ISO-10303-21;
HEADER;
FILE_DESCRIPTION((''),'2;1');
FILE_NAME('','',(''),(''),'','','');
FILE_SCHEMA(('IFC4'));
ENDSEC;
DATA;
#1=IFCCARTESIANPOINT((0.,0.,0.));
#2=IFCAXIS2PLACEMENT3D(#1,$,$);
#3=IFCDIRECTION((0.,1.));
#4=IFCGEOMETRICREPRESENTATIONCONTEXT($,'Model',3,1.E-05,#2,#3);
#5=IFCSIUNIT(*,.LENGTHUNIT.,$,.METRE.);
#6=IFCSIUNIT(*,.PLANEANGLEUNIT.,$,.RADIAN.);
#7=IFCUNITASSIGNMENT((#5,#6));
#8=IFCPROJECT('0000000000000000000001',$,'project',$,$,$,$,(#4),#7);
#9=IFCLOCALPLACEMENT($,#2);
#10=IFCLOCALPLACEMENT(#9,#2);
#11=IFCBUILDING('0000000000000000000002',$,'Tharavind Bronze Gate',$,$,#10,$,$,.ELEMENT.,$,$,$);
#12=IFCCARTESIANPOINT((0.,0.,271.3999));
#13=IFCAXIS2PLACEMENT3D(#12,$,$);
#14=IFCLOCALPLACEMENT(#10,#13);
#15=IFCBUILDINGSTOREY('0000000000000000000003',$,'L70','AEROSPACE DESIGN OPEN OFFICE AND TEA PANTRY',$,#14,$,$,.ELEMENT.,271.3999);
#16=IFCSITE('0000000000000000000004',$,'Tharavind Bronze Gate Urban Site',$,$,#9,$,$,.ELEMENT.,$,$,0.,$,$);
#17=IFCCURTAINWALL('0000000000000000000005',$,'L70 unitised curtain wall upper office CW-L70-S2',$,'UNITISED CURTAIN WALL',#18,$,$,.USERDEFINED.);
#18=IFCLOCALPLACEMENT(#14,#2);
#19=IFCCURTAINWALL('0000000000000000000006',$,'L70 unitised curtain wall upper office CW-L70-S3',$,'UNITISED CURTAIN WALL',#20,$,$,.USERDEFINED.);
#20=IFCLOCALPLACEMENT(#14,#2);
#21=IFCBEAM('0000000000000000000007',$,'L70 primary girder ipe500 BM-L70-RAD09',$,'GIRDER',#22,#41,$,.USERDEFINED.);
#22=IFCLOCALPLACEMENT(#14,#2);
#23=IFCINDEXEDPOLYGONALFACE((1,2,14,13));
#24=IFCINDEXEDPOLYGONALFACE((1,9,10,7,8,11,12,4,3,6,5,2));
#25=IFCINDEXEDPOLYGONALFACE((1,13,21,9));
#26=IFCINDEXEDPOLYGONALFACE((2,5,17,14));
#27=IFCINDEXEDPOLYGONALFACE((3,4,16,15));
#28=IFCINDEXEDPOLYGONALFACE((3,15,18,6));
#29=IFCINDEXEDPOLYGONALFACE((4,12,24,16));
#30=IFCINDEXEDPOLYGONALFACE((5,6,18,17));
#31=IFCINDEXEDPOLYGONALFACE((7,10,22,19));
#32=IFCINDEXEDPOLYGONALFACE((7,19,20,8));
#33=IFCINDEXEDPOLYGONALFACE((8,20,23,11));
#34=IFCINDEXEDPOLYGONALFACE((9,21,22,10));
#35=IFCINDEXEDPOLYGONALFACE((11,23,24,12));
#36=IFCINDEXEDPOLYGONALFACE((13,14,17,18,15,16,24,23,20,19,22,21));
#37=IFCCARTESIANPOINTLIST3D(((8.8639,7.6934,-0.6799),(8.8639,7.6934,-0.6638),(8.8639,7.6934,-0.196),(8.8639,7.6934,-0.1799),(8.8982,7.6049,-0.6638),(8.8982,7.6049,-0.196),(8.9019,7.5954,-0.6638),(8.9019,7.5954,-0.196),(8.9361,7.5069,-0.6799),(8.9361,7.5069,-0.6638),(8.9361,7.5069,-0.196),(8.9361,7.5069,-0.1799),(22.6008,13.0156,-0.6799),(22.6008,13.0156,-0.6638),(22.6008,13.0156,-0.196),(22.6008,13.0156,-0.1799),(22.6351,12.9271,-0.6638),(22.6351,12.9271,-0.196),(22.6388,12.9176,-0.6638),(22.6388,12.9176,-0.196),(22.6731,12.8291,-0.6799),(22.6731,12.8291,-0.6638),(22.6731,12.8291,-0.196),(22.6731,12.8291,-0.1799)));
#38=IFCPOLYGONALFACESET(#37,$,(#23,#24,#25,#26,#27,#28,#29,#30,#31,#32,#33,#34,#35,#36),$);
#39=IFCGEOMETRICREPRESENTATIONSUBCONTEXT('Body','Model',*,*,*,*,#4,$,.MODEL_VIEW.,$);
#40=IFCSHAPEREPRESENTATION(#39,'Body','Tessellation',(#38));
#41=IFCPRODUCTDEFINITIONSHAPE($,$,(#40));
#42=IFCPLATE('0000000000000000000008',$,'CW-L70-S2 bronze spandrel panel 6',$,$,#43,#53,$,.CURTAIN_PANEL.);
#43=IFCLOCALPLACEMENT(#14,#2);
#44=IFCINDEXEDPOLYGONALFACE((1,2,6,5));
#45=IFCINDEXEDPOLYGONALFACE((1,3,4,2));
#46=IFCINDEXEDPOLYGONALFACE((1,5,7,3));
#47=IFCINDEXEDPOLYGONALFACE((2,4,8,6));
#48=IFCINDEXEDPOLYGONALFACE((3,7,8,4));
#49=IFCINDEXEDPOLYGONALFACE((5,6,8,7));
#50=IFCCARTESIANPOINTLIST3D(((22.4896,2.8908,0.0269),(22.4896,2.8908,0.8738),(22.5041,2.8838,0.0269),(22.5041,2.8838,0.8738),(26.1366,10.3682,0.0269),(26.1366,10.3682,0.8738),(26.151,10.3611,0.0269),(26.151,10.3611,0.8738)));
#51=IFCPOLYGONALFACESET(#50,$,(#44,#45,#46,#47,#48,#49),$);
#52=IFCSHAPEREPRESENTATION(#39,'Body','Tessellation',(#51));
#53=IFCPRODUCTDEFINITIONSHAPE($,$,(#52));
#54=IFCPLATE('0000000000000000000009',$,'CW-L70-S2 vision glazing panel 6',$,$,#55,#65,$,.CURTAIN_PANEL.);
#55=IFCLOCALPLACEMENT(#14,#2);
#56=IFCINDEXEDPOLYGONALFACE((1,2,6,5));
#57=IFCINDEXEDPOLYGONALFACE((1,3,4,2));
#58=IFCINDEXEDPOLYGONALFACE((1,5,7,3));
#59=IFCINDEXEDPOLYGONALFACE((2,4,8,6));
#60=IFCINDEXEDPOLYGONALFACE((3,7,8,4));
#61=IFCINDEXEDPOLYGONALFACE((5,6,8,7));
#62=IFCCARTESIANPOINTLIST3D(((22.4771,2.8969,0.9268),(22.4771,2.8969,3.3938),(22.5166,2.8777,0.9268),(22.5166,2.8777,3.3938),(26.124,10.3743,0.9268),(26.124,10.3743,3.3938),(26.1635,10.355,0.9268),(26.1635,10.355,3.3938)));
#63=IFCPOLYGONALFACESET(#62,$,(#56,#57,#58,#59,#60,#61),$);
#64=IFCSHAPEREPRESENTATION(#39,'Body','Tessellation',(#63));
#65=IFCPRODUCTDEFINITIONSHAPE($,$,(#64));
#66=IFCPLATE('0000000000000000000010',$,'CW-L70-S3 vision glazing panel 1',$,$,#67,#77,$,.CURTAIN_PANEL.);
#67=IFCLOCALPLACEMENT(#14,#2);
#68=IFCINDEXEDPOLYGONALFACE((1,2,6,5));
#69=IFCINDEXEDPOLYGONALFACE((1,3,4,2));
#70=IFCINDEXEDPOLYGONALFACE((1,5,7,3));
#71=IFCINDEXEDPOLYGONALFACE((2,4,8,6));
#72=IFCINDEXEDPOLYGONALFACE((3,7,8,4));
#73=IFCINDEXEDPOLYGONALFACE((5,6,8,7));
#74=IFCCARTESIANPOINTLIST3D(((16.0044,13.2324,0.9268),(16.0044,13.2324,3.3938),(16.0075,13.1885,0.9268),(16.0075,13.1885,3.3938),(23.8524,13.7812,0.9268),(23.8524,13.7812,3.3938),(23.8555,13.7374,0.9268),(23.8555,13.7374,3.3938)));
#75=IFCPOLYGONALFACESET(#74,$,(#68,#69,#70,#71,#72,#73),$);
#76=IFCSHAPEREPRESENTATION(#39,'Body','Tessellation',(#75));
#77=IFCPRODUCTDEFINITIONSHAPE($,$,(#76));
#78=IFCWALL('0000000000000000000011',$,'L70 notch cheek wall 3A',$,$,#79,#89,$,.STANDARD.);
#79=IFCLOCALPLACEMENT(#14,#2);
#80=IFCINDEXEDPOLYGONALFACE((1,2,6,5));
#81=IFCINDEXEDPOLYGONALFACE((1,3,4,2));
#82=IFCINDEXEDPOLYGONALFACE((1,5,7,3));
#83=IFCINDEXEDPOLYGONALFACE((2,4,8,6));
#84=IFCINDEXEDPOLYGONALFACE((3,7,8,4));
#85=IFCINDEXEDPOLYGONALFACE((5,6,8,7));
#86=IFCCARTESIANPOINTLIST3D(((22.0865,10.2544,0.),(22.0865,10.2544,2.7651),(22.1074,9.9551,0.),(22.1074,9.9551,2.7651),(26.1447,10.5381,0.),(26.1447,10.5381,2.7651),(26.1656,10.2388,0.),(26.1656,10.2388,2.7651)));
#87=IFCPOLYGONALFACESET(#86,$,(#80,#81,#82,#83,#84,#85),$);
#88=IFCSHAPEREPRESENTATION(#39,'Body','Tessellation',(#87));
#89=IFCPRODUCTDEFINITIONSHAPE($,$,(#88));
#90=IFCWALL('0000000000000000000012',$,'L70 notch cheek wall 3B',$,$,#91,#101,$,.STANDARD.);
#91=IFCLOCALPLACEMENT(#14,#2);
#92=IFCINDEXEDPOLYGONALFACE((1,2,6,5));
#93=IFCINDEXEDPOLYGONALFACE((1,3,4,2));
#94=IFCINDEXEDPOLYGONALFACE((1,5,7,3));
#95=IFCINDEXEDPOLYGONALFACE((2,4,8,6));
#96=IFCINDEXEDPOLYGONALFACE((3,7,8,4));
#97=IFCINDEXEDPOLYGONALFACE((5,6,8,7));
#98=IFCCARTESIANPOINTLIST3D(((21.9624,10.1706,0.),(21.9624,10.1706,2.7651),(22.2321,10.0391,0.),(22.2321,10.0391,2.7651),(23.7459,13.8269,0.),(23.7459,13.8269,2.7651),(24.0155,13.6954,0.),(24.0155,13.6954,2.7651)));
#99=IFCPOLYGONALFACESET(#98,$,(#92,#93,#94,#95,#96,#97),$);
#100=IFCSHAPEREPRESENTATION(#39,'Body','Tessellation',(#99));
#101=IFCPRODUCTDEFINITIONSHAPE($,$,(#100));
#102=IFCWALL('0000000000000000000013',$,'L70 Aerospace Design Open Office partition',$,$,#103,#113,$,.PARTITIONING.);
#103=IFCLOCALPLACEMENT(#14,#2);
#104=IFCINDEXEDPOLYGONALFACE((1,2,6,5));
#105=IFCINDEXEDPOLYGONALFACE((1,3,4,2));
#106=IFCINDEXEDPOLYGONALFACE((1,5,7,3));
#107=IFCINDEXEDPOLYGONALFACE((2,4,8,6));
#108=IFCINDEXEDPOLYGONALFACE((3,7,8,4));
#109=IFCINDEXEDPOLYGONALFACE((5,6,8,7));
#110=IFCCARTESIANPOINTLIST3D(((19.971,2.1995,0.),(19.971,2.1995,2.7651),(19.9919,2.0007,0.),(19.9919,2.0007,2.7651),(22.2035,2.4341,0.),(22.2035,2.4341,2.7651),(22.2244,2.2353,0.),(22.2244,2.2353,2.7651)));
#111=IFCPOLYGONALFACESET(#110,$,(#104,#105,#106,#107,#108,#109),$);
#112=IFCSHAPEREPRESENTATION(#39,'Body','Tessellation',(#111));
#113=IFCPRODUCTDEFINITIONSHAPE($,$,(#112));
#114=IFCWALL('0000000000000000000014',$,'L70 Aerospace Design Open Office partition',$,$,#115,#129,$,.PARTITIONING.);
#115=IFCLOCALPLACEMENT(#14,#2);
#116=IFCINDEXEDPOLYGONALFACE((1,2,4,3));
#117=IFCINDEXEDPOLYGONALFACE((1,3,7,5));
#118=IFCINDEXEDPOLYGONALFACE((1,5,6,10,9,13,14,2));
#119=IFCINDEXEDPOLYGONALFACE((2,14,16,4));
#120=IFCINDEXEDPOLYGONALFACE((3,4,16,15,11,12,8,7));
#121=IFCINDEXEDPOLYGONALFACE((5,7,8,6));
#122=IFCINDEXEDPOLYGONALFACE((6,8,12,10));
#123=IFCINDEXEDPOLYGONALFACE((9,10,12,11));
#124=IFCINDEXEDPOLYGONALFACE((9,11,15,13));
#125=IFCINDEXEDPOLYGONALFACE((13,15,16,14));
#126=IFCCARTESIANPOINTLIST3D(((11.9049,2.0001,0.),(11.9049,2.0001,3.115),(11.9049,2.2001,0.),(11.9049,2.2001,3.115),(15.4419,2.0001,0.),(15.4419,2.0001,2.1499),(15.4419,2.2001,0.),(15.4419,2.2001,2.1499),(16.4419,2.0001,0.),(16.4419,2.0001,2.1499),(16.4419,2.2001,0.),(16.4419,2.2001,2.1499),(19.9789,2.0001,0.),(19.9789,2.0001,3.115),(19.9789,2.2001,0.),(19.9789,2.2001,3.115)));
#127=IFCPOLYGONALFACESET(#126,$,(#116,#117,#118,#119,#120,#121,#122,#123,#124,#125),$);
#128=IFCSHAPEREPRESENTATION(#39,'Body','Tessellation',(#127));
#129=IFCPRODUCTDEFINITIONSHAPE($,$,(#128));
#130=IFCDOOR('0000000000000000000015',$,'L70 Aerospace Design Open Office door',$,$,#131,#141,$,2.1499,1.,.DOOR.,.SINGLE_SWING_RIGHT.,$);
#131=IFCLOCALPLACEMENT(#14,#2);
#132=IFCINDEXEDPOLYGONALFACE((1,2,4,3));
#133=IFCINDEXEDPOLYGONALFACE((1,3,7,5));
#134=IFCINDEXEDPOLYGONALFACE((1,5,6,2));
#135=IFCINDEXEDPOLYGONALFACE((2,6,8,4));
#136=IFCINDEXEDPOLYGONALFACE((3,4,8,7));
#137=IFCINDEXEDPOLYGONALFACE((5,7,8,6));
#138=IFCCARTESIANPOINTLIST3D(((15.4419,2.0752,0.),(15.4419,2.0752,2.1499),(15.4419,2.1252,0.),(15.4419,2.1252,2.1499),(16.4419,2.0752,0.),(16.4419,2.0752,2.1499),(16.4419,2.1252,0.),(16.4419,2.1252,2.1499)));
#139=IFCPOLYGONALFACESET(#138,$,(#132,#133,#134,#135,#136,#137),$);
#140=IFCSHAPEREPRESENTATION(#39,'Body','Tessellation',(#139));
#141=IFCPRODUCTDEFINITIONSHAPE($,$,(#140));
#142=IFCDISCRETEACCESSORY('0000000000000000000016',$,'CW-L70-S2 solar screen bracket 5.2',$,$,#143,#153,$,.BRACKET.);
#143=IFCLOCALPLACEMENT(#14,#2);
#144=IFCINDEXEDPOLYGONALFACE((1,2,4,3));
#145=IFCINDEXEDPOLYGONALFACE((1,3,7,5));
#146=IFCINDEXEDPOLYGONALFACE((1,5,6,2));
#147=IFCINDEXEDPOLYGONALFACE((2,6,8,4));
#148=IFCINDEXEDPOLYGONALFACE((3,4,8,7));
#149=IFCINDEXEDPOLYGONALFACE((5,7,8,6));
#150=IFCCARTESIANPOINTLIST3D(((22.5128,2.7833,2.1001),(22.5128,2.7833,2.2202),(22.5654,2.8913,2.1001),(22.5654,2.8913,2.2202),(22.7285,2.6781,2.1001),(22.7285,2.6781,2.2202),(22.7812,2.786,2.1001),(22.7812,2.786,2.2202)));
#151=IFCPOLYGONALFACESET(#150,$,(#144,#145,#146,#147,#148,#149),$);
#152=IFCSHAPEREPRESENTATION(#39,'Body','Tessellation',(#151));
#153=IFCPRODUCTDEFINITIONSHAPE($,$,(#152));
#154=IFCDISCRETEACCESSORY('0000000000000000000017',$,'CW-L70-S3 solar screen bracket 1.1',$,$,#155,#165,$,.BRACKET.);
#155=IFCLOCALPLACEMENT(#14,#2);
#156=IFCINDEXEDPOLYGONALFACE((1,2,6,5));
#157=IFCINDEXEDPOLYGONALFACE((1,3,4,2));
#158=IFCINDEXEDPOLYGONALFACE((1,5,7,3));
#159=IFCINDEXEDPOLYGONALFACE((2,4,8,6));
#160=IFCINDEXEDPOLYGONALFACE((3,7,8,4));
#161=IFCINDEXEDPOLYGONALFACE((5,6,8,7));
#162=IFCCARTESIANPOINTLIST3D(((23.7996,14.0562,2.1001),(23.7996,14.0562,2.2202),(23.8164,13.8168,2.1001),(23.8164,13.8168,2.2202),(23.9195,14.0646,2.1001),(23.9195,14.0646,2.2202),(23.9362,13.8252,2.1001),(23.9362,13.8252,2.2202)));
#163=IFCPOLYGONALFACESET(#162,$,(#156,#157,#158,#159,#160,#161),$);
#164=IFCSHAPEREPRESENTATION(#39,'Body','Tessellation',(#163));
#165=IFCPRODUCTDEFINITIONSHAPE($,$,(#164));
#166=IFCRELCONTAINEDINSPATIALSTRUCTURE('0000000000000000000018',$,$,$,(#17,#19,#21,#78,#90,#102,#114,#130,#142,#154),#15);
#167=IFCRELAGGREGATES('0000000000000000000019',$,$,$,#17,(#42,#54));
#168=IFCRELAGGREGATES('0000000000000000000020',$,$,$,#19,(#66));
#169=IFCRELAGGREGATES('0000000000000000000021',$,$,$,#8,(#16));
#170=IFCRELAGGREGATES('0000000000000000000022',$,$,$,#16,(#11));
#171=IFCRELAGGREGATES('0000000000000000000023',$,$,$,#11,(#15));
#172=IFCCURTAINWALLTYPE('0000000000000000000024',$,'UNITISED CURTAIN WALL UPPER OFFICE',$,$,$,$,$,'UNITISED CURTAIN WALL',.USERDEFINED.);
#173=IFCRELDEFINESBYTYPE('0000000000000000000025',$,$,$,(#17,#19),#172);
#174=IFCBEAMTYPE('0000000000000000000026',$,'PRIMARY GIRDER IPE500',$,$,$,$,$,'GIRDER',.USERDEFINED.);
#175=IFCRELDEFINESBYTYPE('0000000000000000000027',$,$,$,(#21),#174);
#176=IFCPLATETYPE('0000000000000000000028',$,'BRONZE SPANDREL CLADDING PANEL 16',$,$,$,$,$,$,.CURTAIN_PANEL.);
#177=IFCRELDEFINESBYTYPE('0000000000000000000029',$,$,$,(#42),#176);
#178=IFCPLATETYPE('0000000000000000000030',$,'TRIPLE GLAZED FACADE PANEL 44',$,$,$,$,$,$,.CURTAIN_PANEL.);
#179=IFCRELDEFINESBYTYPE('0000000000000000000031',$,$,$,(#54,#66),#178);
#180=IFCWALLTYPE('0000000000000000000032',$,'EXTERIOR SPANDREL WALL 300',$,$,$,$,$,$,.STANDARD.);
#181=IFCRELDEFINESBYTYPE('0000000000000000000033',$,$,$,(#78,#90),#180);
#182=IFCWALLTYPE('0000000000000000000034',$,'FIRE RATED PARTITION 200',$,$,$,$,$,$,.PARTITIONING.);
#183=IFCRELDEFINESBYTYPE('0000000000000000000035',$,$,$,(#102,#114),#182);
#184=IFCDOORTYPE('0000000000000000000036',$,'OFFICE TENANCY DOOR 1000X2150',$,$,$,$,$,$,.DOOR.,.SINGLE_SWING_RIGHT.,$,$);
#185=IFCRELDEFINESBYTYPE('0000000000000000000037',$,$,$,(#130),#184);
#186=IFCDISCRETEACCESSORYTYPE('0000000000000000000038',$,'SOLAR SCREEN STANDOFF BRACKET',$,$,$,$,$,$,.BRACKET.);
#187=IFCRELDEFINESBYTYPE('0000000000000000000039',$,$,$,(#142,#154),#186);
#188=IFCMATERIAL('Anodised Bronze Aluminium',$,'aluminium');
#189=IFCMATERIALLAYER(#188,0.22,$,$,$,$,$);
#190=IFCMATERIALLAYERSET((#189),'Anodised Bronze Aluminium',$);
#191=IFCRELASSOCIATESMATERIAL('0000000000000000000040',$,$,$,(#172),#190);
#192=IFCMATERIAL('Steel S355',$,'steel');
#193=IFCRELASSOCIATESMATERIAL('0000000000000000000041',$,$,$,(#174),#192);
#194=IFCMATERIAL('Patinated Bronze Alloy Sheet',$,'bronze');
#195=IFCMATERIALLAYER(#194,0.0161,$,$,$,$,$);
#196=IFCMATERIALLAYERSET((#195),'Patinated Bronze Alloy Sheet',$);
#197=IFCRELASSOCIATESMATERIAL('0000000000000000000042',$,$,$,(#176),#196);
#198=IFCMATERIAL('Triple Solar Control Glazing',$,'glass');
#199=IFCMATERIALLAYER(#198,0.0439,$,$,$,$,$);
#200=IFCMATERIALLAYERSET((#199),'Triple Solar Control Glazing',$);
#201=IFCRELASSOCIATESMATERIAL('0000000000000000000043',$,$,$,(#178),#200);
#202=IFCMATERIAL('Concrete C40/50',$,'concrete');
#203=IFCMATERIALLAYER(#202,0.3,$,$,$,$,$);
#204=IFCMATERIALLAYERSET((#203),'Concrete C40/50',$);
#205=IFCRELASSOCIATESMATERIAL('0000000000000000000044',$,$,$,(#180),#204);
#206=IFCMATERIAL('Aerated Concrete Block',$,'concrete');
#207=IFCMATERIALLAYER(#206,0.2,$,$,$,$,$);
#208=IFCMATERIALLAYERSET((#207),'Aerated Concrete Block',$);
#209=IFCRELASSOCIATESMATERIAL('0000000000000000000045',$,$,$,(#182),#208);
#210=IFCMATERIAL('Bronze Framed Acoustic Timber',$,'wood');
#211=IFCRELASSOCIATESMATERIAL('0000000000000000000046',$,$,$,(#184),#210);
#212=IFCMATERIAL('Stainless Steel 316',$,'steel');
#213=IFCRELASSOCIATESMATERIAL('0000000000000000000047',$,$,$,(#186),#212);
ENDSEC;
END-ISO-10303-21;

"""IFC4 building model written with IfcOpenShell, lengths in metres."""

from ifc_helpers import new_model, si_unit, direction, frame, frame_2d, origin, origin_2d, place, context, subcontext, project, spatial, rectangle, i_section, extrude, material, layer, layer_set, material_profile, profile_set, type_object, element, fill, aggregate, save


model = new_model("IFC4")

# Units and contexts
model_context = context("Model", 3, precision=1e-05, world=origin(), true_north=direction((0.0, 1.0)))
body_context = subcontext(model_context, "Body", "Model", "MODEL_VIEW")
ifc_project = project(units=[si_unit("LENGTHUNIT", "METRE"), si_unit("PLANEANGLEUNIT", "RADIAN")], contexts=[model_context])

# Site, building, storey
site_placement = place(None, origin())
site = spatial("IfcSite", under=ifc_project, at=site_placement, Name="Tharavind Bronze Gate Urban Site", CompositionType="ELEMENT", RefElevation=0.0)
building_placement = place(site_placement, origin())
building = spatial("IfcBuilding", under=site, at=building_placement, Name="Tharavind Bronze Gate", CompositionType="ELEMENT")
storey_placement = place(building_placement, frame((0.0, 0.0, 271.3999)))
storey = spatial("IfcBuildingStorey", under=building, at=storey_placement, Name="L70", Description="AEROSPACE DESIGN OPEN OFFICE AND TEA PANTRY", CompositionType="ELEMENT", Elevation=271.3999)

# Curtain wall
ifc_material_1 = material(Name="Anodised Bronze Aluminium", Category="aluminium")
ifc_layer_1 = layer(ifc_material_1, 0.22)
ifc_layer_set_1 = layer_set([ifc_layer_1], Name="Anodised Bronze Aluminium")
curtain_wall_type = type_object("IfcCurtainWallType", Name="UNITISED CURTAIN WALL UPPER OFFICE", ElementType="UNITISED CURTAIN WALL", PredefinedType="USERDEFINED", material=ifc_layer_set_1)
curtain_wall_1_placement = place(storey_placement, origin())
curtain_wall_1 = element("IfcCurtainWall", 1, at=curtain_wall_1_placement, inside=storey, type_object=curtain_wall_type, Name="L70 unitised curtain wall upper office CW-L70-S2", ObjectType="UNITISED CURTAIN WALL", PredefinedType="USERDEFINED")

# Curtain wall
curtain_wall_2_placement = place(storey_placement, origin())
curtain_wall_2 = element("IfcCurtainWall", 2, at=curtain_wall_2_placement, inside=storey, type_object=curtain_wall_type, Name="L70 unitised curtain wall upper office CW-L70-S3", ObjectType="UNITISED CURTAIN WALL", PredefinedType="USERDEFINED")

# Beam
ifc_material_2 = material(Name="Steel S355", Category="steel")
ifc_material_profile_1 = material_profile(ifc_material_2, i_section(OverallWidth=0.2, OverallDepth=0.5, WebThickness=0.0103, FlangeThickness=0.0161, at=origin_2d()), Name="IPE500")
ifc_profile_set_1 = profile_set([ifc_material_profile_1], Name="Steel S355")
beam_type_1 = type_object("IfcBeamType", Name="PRIMARY GIRDER IPE500", ElementType="GIRDER", PredefinedType="USERDEFINED", material=ifc_profile_set_1)
beam_1_placement = place(storey_placement, frame((22.637, 12.9224, -0.4299), z_axis=(-0.932461, -0.361271, 0.0), x_axis=(0.361271, -0.932461, 0.0)))
element("IfcBeam", 3, at=beam_1_placement, inside=storey, type_object=beam_type_1, Name="L70 primary girder ipe500 BM-L70-RAD09", ObjectType="GIRDER", PredefinedType="USERDEFINED", context=body_context, shape_type="SweptSolid", body=[
    extrude(i_section(OverallWidth=0.2, OverallDepth=0.5, WebThickness=0.0103, FlangeThickness=0.0161, at=origin_2d()), origin(), (0.0, 0.0, 1.0), 14.7319),
])

# Plates
ifc_material_3 = material(Name="Patinated Bronze Alloy Sheet", Category="bronze")
ifc_layer_2 = layer(ifc_material_3, 0.0161)
ifc_layer_set_2 = layer_set([ifc_layer_2], Name="Patinated Bronze Alloy Sheet")
plate_type_1 = type_object("IfcPlateType", Name="BRONZE SPANDREL CLADDING PANEL 16", PredefinedType="CURTAIN_PANEL", material=ifc_layer_set_2)
plate_1_placement = place(storey_placement, frame((24.3203, 6.626, 0.0269), z_axis=(0.0, 0.0, 1.0), x_axis=(0.438373, 0.898793, 0.0)))
plate_1 = element("IfcPlate", 4, at=plate_1_placement, type_object=plate_type_1, Name="CW-L70-S2 bronze spandrel panel 6", PredefinedType="CURTAIN_PANEL", context=body_context, shape_type="SweptSolid", body=[
    extrude(rectangle(XDim=8.3193, YDim=0.0161, at=origin_2d()), origin(), (0.0, 0.0, 1.0), 0.8469),
])
ifc_material_4 = material(Name="Triple Solar Control Glazing", Category="glass")
ifc_layer_3 = layer(ifc_material_4, 0.0439)
ifc_layer_set_3 = layer_set([ifc_layer_3], Name="Triple Solar Control Glazing")
plate_type_2 = type_object("IfcPlateType", Name="TRIPLE GLAZED FACADE PANEL 44", PredefinedType="CURTAIN_PANEL", material=ifc_layer_set_3)
plate_2_placement = place(storey_placement, frame((24.3203, 6.626, 0.9268), z_axis=(0.0, 0.0, 1.0), x_axis=(0.438373, 0.898793, 0.0)))
plate_2 = element("IfcPlate", 5, at=plate_2_placement, type_object=plate_type_2, Name="CW-L70-S2 vision glazing panel 6", PredefinedType="CURTAIN_PANEL", context=body_context, shape_type="SweptSolid", body=[
    extrude(rectangle(XDim=8.3193, YDim=0.0439, at=origin_2d()), origin(), (0.0, 0.0, 1.0), 2.467),
])
aggregate(curtain_wall_1, [plate_1, plate_2])
plate_3_placement = place(storey_placement, frame((19.9299, 13.4849, 0.9268), z_axis=(0.0, 0.0, 1.0), x_axis=(-0.997564, -0.06976, 0.0)))
plate_3 = element("IfcPlate", 6, at=plate_3_placement, type_object=plate_type_2, Name="CW-L70-S3 vision glazing panel 1", PredefinedType="CURTAIN_PANEL", context=body_context, shape_type="SweptSolid", body=[
    extrude(rectangle(XDim=7.8672, YDim=0.0439, at=origin_2d()), origin(), (0.0, 0.0, 1.0), 2.467),
])
aggregate(curtain_wall_2, [plate_3])

# Walls
ifc_material_5 = material(Name="Concrete C40/50", Category="concrete")
ifc_layer_4 = layer(ifc_material_5, 0.3)
ifc_layer_set_4 = layer_set([ifc_layer_4], Name="Concrete C40/50")
wall_type_1 = type_object("IfcWallType", Name="EXTERIOR SPANDREL WALL 300", PredefinedType="STANDARD", material=ifc_layer_set_4)
for number, where, z_axis, x_axis, name in (
    (7, (26.1553, 10.3884, 0.0), (0.0, 0.0, 1.0), (-0.997565, -0.069737, 0.0), "L70 notch cheek wall 3A"),
    (8, (22.0972, 10.1047, 0.0), (0.0, 0.0, 1.0), (0.438406, 0.898777, 0.0), "L70 notch cheek wall 3B"),
):
    element("IfcWall", number, at=place(storey_placement, frame(where, z_axis=z_axis, x_axis=x_axis)), inside=storey, type_object=wall_type_1, Name=name, PredefinedType="STANDARD", context=body_context, shape_type="SweptSolid", body=[
        extrude(rectangle(XDim=4.0681, YDim=0.3, at=frame_2d((2.0342, 0.0))), origin(), (0.0, 0.0, 1.0), 2.7651),
    ])
ifc_material_6 = material(Name="Aerated Concrete Block", Category="concrete")
ifc_layer_5 = layer(ifc_material_6, 0.2)
ifc_layer_set_5 = layer_set([ifc_layer_5], Name="Aerated Concrete Block")
wall_type_2 = type_object("IfcWallType", Name="FIRE RATED PARTITION 200", PredefinedType="PARTITIONING", material=ifc_layer_set_5)
wall_1_placement = place(storey_placement, frame((22.2141, 2.3347, 0.0), z_axis=(0.0, 0.0, 1.0), x_axis=(-0.994524, -0.104509, 0.0)))
element("IfcWall", 9, at=wall_1_placement, inside=storey, type_object=wall_type_2, Name="L70 Aerospace Design Open Office partition", PredefinedType="PARTITIONING", context=body_context, shape_type="SweptSolid", body=[
    extrude(rectangle(XDim=2.2449, YDim=0.2, at=frame_2d((1.1226, 0.0))), origin(), (0.0, 0.0, 1.0), 2.7651),
])

# Wall, opening, door
wall_2_placement = place(storey_placement, frame((19.979, 2.1001, 0.0), z_axis=(0.0, 0.0, 1.0), x_axis=(-1.0, 0.0, 0.0)))
wall_2 = element("IfcWall", 10, at=wall_2_placement, inside=storey, type_object=wall_type_2, Name="L70 Aerospace Design Open Office partition", PredefinedType="PARTITIONING", context=body_context, shape_type="SweptSolid", body=[
    extrude(rectangle(XDim=8.074, YDim=0.2, at=frame_2d((4.0371, 0.0))), origin(), (0.0, 0.0, 1.0), 3.115),
])
opening_placement = place(wall_2_placement, frame((3.5371, 0.0, 0.0)))
opening = element("IfcOpeningElement", 11, at=opening_placement, cuts=wall_2, PredefinedType="OPENING", context=body_context, shape_type="SweptSolid", body=[
    extrude(rectangle(XDim=1.0, YDim=2.1499, at=frame_2d((0.5, 1.075))), frame((0.0, 0.1101, 0.0), z_axis=(0.0, -1.0, 0.0), x_axis=(1.0, 0.0, 0.0)), (0.0, 0.0, 1.0), 0.22),
])
ifc_material_7 = material(Name="Bronze Framed Acoustic Timber", Category="wood")
door_type = type_object("IfcDoorType", Name="OFFICE TENANCY DOOR 1000X2150", OperationType="SINGLE_SWING_RIGHT", PredefinedType="DOOR", material=ifc_material_7)
door_placement = place(opening_placement, origin())
door = element("IfcDoor", 12, at=door_placement, inside=storey, type_object=door_type, Name="L70 Aerospace Design Open Office door", OperationType="SINGLE_SWING_RIGHT", OverallHeight=2.1499, OverallWidth=1.0, PredefinedType="DOOR", context=body_context, shape_type="SweptSolid", body=[
    extrude(rectangle(XDim=1.0, YDim=2.1499, at=frame_2d((0.5, 1.075))), frame((0.0, 0.0249, 0.0), z_axis=(0.0, -1.0, 0.0), x_axis=(1.0, 0.0, 0.0)), (0.0, 0.0, 1.0), 0.05),
])
fill(opening, door)

# Discrete accessories
ifc_material_8 = material(Name="Stainless Steel 316", Category="steel")
discrete_accessory_type = type_object("IfcDiscreteAccessoryType", Name="SOLAR SCREEN STANDOFF BRACKET", PredefinedType="BRACKET", material=ifc_material_8)
for number, where, z_axis, x_axis, name in (
    (13, (22.647, 2.7847, 2.1001), (0.0, 0.0, 1.0), (0.438373, 0.898793, 0.0), "CW-L70-S2 solar screen bracket 5.2"),
    (14, (23.8679, 13.9407, 2.1001), (0.0, 0.0, 1.0), (-0.997564, -0.06976, 0.0), "CW-L70-S3 solar screen bracket 1.1"),
):
    element("IfcDiscreteAccessory", number, at=place(storey_placement, frame(where, z_axis=z_axis, x_axis=x_axis)), inside=storey, type_object=discrete_accessory_type, Name=name, PredefinedType="BRACKET", context=body_context, shape_type="SweptSolid", body=[
        extrude(rectangle(XDim=0.1201, YDim=0.24, at=origin_2d()), origin(), (0.0, 0.0, 1.0), 0.1201),
    ])

save(model, "model.ifc")
